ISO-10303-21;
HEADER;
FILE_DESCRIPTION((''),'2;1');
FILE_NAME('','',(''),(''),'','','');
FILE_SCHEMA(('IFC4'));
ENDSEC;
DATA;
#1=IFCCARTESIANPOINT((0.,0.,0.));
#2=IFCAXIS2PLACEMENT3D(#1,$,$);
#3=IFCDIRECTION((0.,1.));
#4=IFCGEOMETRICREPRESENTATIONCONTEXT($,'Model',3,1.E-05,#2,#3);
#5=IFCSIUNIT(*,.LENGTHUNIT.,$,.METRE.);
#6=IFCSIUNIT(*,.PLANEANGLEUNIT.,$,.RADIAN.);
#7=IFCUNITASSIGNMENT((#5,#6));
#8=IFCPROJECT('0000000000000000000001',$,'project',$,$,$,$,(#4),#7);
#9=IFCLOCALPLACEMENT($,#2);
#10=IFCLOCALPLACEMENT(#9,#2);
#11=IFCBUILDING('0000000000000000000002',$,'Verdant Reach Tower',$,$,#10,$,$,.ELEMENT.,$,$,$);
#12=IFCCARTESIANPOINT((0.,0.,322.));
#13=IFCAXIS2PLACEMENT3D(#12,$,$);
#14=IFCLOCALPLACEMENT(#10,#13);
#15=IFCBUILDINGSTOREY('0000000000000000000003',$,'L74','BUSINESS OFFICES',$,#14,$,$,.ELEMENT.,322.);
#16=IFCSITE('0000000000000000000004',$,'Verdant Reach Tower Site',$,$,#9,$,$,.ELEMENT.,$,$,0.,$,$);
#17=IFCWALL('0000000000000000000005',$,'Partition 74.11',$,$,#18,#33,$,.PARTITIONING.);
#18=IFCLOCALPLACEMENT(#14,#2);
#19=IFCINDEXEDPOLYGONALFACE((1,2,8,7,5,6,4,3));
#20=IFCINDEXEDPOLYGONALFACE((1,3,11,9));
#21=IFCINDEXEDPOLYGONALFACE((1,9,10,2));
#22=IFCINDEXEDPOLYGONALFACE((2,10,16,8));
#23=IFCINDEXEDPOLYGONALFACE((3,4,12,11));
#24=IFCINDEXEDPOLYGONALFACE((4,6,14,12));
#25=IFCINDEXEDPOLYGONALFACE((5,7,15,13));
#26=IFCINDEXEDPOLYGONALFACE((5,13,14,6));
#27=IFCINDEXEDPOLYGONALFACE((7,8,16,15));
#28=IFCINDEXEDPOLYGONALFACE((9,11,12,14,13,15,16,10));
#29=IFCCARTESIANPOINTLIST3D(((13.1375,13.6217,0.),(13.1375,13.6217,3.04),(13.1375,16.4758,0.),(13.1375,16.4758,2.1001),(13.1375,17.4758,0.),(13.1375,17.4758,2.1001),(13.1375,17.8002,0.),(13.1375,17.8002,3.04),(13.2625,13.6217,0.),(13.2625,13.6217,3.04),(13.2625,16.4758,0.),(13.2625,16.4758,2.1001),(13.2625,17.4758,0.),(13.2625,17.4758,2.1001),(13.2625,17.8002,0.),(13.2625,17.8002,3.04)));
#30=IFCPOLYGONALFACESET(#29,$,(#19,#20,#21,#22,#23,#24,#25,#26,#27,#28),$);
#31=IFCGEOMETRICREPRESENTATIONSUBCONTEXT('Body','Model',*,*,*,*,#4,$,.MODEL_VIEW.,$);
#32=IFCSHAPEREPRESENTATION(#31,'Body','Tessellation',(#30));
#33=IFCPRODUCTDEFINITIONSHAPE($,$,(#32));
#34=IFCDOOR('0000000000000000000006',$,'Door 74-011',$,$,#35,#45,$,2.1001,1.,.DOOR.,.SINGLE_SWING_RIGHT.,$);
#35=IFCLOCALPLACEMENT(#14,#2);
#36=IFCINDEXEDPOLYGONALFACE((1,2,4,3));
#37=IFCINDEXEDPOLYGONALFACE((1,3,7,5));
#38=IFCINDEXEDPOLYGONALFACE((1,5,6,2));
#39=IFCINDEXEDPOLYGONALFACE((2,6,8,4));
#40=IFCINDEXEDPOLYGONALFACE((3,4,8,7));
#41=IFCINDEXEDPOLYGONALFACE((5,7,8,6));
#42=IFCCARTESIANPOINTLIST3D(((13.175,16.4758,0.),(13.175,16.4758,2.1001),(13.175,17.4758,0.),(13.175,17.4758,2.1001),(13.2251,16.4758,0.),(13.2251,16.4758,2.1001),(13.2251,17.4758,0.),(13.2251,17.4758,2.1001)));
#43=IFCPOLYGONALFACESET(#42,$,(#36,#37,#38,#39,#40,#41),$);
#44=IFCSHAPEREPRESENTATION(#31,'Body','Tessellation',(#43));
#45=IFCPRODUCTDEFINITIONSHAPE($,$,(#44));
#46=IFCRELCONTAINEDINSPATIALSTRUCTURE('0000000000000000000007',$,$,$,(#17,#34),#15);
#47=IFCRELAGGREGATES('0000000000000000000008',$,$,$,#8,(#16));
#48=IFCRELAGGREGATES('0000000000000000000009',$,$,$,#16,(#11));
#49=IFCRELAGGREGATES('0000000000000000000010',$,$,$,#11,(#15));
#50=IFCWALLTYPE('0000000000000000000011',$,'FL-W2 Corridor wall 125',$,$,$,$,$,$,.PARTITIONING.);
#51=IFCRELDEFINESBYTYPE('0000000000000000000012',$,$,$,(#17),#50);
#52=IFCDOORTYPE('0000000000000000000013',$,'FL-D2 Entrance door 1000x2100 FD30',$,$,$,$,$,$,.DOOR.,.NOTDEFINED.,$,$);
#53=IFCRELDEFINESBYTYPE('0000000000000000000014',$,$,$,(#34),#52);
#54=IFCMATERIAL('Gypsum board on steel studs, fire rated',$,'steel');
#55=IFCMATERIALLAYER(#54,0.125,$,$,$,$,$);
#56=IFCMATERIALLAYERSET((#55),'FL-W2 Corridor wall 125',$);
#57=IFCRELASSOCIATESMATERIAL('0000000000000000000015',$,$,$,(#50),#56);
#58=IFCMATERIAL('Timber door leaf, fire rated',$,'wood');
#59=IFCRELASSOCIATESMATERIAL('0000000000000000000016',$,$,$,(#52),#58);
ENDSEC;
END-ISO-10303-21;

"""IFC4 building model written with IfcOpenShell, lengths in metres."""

from ifc_helpers import new_model, si_unit, direction, frame, frame_2d, origin, place, context, subcontext, project, spatial, rectangle, extrude, material, layer, layer_set, type_object, element, fill, save


model = new_model("IFC4")

# Units and contexts
model_context = context("Model", 3, precision=1e-05, world=origin(), true_north=direction((0.0, 1.0)))
body_context = subcontext(model_context, "Body", "Model", "MODEL_VIEW")
ifc_project = project(units=[si_unit("LENGTHUNIT", "METRE"), si_unit("PLANEANGLEUNIT", "RADIAN")], contexts=[model_context])

# Site, building, storey
site_placement = place(None, origin())
site = spatial("IfcSite", under=ifc_project, at=site_placement, Name="Verdant Reach Tower Site", CompositionType="ELEMENT", RefElevation=0.0)
building_placement = place(site_placement, origin())
building = spatial("IfcBuilding", under=site, at=building_placement, Name="Verdant Reach Tower", CompositionType="ELEMENT")
storey_placement = place(building_placement, frame((0.0, 0.0, 322.0)))
storey = spatial("IfcBuildingStorey", under=building, at=storey_placement, Name="L74", Description="BUSINESS OFFICES", CompositionType="ELEMENT", Elevation=322.0)

# Wall, opening, door
ifc_material_1 = material(Name="Gypsum board on steel studs, fire rated", Category="steel")
ifc_layer_1 = layer(ifc_material_1, 0.125)
ifc_layer_set_1 = layer_set([ifc_layer_1], Name="FL-W2 Corridor wall 125")
wall_type_1 = type_object("IfcWallType", Name="FL-W2 Corridor wall 125", PredefinedType="PARTITIONING", material=ifc_layer_set_1)
wall_1_placement = place(storey_placement, frame((13.2, 13.6216, 0.0), z_axis=(0.0, 0.0, 1.0), x_axis=(0.0, 1.0, 0.0)))
wall_1 = element("IfcWall", 1, at=wall_1_placement, inside=storey, type_object=wall_type_1, Name="Partition 74.11", PredefinedType="PARTITIONING", context=body_context, shape_type="SweptSolid", body=[
    extrude(rectangle(XDim=4.1785, YDim=0.125, at=frame_2d((2.0894, 0.0))), origin(), (0.0, 0.0, 1.0), 3.04),
])
opening_1_placement = place(wall_1_placement, frame((2.8542, 0.0, 0.0)))
opening_1 = element("IfcOpeningElement", 2, at=opening_1_placement, cuts=wall_1, PredefinedType="OPENING", context=body_context, shape_type="SweptSolid", body=[
    extrude(rectangle(XDim=1.0, YDim=2.1001, at=frame_2d((0.5, 1.05))), frame((0.0, 0.0725, 0.0), z_axis=(0.0, -1.0, 0.0), x_axis=(1.0, 0.0, 0.0)), (0.0, 0.0, 1.0), 0.145),
])
ifc_material_2 = material(Name="Timber door leaf, fire rated", Category="wood")
door_type_1 = type_object("IfcDoorType", Name="FL-D2 Entrance door 1000x2100 FD30", OperationType="NOTDEFINED", PredefinedType="DOOR", material=ifc_material_2)
door_1_placement = place(opening_1_placement, origin())
door_1 = element("IfcDoor", 3, at=door_1_placement, inside=storey, type_object=door_type_1, Name="Door 74-011", OperationType="SINGLE_SWING_RIGHT", OverallHeight=2.1001, OverallWidth=1.0, PredefinedType="DOOR", context=body_context, shape_type="SweptSolid", body=[
    extrude(rectangle(XDim=1.0, YDim=2.1001, at=frame_2d((0.5, 1.05))), frame((0.0, 0.0249, 0.0), z_axis=(0.0, -1.0, 0.0), x_axis=(1.0, 0.0, 0.0)), (0.0, 0.0, 1.0), 0.05),
])
fill(opening_1, door_1)

save(model, "model.ifc")
